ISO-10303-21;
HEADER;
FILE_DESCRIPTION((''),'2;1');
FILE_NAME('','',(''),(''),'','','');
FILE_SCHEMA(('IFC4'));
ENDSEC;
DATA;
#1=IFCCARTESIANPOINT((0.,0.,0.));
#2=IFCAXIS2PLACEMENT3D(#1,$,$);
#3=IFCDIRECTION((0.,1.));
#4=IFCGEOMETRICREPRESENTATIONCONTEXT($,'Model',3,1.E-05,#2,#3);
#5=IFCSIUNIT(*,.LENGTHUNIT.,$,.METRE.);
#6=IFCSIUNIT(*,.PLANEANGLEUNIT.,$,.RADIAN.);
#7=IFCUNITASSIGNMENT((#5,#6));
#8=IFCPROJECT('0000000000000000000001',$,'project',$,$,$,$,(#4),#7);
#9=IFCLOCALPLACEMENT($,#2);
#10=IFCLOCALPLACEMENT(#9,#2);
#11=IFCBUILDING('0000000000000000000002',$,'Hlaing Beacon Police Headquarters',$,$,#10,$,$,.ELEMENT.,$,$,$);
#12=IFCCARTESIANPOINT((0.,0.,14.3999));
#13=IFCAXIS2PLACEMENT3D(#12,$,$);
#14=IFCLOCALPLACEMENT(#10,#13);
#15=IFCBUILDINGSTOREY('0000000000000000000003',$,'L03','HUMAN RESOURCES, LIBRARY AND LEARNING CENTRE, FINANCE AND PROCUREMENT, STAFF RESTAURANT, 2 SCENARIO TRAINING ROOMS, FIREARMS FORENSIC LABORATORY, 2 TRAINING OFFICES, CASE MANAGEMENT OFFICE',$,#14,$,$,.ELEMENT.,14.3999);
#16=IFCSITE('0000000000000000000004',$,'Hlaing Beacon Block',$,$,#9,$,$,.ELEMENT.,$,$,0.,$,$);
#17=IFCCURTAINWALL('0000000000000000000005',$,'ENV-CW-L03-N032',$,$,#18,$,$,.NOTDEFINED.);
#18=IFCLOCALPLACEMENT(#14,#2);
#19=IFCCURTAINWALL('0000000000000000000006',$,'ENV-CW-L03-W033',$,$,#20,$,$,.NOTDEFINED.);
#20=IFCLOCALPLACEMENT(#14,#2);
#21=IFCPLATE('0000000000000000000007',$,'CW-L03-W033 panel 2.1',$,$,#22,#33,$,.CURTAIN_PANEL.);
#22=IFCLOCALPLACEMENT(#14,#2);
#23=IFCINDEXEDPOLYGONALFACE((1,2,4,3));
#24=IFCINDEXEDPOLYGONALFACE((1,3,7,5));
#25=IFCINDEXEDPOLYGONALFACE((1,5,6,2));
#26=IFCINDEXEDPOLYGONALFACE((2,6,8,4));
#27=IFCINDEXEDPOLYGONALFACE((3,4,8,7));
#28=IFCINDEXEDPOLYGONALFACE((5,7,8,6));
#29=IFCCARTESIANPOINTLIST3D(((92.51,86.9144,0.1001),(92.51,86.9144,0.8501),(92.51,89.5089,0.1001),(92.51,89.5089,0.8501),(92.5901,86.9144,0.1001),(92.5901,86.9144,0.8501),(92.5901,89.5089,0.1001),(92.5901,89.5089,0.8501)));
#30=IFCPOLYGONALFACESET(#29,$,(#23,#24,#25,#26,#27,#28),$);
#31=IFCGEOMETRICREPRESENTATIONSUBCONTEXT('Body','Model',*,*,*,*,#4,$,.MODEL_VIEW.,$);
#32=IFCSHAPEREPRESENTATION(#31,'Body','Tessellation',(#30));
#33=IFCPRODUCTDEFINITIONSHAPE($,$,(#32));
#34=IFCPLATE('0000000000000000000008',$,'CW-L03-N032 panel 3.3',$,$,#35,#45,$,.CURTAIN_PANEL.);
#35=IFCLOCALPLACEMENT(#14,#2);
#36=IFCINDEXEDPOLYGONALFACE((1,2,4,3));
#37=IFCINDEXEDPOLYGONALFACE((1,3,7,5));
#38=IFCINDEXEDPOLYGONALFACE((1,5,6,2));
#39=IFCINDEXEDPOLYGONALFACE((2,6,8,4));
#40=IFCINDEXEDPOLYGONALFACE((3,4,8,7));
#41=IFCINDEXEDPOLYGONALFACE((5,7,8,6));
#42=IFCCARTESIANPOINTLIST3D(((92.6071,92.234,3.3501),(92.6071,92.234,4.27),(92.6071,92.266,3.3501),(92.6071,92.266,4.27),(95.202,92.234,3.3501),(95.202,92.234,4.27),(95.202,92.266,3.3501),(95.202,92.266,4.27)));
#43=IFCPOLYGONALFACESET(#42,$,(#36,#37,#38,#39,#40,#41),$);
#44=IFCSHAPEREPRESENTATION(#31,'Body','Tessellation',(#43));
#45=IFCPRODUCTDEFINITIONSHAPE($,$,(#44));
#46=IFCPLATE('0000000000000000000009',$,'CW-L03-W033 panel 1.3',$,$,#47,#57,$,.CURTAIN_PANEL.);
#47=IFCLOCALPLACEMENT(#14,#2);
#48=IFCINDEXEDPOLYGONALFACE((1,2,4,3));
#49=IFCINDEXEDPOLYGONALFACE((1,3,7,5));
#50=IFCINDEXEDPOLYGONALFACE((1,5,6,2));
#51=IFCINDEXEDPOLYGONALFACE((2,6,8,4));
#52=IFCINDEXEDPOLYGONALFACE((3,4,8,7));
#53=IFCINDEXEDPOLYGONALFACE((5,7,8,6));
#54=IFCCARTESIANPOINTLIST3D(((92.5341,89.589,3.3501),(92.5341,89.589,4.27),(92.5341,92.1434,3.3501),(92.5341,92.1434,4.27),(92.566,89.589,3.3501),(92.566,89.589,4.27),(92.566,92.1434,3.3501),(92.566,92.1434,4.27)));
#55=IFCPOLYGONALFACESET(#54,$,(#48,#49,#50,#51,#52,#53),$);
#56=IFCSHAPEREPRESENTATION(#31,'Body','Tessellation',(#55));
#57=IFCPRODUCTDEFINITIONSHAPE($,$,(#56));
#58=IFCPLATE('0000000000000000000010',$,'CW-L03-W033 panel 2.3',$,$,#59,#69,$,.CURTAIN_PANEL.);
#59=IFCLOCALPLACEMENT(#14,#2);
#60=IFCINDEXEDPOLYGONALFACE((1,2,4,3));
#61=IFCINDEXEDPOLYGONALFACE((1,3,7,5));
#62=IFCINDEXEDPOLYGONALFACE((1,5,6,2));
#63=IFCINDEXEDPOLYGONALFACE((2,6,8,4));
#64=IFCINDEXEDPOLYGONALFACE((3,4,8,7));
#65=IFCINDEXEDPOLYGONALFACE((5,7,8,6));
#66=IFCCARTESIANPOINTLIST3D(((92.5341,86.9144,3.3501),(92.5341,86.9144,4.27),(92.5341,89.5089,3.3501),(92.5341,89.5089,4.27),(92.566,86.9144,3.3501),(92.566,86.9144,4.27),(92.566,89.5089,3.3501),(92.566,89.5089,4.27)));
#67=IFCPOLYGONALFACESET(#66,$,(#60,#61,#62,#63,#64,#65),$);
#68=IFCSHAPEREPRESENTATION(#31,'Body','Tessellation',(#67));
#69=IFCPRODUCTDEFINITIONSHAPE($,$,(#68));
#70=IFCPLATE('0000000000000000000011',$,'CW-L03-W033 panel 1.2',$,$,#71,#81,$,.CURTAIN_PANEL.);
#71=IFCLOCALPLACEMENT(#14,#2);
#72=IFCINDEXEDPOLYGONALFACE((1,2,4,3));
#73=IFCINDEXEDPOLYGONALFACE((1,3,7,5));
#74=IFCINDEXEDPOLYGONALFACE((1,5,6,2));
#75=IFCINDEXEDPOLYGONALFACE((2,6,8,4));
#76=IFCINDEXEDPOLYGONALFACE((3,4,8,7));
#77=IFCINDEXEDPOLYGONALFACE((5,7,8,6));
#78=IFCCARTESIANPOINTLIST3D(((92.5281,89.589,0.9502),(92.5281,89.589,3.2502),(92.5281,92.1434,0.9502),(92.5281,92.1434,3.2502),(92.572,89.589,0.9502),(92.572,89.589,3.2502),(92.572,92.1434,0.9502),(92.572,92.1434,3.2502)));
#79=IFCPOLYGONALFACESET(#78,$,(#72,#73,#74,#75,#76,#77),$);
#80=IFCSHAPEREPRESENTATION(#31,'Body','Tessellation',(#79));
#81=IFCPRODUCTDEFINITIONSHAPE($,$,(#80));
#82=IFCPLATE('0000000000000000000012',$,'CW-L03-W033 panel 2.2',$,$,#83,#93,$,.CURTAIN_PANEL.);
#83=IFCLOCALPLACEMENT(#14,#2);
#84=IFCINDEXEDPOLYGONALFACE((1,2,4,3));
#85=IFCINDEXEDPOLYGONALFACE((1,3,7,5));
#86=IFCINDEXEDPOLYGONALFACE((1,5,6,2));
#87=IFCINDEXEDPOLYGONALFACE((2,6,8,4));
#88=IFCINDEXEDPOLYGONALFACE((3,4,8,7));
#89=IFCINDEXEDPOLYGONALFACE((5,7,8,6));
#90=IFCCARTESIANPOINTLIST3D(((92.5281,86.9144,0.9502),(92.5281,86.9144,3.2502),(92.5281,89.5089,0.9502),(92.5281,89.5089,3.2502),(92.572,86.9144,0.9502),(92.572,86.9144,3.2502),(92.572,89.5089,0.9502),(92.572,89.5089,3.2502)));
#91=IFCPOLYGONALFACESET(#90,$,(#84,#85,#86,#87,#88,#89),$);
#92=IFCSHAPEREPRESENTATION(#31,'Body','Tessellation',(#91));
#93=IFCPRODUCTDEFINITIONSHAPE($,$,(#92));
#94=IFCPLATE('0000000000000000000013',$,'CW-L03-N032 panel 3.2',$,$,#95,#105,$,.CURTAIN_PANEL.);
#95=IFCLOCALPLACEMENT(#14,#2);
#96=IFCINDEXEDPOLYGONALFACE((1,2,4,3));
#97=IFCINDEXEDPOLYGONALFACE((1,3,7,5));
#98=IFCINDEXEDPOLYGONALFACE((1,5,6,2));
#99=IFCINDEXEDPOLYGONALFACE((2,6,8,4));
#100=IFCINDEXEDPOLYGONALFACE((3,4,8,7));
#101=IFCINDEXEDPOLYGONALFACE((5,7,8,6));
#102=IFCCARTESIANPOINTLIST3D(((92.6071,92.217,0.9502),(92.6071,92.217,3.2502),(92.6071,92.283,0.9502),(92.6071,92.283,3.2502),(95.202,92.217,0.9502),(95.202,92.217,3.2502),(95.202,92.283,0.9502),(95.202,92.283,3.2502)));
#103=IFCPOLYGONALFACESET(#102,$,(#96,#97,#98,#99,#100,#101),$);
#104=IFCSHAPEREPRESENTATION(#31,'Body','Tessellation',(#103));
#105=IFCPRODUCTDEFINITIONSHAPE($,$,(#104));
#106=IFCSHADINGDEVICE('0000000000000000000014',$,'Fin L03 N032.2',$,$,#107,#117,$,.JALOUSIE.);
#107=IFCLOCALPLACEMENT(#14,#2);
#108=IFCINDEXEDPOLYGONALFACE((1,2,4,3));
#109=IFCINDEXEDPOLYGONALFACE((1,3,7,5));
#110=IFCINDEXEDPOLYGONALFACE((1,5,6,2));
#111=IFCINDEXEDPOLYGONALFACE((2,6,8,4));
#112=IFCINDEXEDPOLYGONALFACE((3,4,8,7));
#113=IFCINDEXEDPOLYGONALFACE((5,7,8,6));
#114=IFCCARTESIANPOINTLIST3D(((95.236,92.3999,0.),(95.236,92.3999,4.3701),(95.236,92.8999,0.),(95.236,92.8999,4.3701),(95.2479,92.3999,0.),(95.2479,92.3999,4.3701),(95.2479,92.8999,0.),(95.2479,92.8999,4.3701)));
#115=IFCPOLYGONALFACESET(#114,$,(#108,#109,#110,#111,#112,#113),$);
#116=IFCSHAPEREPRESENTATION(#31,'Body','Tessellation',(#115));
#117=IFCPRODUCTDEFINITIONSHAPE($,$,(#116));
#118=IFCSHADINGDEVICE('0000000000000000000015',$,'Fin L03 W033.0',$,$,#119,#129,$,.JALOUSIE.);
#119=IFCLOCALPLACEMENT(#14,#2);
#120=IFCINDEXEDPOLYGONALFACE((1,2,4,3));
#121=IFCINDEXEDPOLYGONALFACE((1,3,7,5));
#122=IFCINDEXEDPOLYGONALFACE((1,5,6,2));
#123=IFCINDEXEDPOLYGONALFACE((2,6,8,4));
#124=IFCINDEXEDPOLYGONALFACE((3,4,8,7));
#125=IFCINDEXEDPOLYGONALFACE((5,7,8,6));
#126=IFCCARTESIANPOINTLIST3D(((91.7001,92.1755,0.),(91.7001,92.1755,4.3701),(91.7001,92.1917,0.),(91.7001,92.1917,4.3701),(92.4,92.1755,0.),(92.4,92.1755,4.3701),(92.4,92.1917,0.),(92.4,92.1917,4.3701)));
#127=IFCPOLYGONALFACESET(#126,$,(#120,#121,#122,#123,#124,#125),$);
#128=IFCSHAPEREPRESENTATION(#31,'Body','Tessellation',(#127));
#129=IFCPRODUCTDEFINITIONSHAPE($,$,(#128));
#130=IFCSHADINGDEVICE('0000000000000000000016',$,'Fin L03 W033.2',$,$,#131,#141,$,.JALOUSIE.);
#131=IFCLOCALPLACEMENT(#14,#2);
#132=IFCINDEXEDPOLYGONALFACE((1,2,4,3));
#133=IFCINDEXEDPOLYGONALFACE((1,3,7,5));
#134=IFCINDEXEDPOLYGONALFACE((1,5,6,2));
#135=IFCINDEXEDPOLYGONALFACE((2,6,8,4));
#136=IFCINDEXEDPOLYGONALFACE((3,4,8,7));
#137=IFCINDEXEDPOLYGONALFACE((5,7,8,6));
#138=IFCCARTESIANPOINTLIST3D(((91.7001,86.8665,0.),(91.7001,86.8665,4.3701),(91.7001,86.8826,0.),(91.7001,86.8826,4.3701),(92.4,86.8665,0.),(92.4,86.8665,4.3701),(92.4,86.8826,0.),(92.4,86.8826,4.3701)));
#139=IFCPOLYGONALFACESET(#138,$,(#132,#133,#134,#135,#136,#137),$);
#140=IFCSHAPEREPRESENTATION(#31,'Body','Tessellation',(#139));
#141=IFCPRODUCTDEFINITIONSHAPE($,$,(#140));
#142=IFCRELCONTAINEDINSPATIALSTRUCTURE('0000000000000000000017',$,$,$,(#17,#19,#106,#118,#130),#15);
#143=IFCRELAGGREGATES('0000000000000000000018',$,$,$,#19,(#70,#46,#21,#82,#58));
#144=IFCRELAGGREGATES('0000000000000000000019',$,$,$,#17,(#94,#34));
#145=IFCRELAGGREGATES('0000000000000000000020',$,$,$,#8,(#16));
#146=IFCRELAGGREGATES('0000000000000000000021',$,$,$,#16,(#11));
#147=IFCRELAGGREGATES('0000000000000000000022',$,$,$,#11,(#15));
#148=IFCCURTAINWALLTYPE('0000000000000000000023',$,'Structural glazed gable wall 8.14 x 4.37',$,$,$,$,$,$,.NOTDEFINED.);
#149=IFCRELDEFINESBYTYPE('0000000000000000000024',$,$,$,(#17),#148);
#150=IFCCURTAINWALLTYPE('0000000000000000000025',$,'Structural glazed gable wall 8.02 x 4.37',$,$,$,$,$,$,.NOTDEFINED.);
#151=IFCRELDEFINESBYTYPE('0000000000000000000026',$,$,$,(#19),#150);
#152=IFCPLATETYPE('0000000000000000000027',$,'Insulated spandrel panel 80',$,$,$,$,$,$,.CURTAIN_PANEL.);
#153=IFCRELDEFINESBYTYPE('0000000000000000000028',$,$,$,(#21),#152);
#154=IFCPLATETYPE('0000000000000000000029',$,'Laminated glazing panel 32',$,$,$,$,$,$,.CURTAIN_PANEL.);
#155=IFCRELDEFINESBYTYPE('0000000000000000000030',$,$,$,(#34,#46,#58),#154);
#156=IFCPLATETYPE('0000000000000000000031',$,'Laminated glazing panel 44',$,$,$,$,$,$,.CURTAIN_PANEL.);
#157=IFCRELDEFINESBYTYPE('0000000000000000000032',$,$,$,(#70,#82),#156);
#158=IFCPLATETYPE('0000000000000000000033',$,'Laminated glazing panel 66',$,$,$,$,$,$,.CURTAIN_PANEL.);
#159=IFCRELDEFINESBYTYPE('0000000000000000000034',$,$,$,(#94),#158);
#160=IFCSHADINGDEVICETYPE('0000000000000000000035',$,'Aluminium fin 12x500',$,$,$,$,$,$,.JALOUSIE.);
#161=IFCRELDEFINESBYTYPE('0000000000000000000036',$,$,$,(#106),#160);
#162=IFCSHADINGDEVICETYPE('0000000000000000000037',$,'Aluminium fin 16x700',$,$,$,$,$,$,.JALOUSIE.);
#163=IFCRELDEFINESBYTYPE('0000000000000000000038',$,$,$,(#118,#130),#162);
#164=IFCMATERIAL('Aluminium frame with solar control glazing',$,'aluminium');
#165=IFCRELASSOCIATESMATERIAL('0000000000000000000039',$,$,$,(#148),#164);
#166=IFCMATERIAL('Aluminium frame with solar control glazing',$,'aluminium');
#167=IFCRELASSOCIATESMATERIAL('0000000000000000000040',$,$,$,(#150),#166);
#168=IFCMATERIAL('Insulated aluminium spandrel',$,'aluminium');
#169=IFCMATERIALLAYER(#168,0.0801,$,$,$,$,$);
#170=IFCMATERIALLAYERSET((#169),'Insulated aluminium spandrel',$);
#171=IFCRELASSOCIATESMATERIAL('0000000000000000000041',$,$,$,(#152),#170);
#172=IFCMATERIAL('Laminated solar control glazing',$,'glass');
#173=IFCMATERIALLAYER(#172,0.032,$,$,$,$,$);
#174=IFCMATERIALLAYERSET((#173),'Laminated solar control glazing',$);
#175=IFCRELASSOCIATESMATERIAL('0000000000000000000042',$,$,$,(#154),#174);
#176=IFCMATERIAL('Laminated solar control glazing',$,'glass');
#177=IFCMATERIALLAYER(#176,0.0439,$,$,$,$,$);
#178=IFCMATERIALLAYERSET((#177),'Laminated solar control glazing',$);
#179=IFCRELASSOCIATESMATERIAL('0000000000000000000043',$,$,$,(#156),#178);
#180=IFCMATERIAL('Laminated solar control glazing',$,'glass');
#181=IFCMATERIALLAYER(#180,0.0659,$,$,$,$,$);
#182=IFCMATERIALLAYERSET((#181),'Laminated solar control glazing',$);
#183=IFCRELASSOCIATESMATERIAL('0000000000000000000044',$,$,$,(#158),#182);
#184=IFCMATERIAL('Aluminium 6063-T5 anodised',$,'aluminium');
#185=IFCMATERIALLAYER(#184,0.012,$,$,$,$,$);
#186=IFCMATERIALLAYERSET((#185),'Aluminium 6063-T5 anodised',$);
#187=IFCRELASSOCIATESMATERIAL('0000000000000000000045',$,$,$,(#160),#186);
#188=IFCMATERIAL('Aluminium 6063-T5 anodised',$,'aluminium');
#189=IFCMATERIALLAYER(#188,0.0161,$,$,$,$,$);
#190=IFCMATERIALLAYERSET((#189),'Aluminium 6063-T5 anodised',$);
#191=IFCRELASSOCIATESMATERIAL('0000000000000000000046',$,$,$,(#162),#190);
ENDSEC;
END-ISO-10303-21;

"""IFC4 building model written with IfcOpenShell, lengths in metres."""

from ifc_helpers import new_model, si_unit, direction, frame, origin, origin_2d, place, context, subcontext, project, spatial, rectangle, extrude, material, layer, layer_set, type_object, element, aggregate, save


model = new_model("IFC4")

# Units and contexts
model_context = context("Model", 3, precision=1e-05, world=origin(), true_north=direction((0.0, 1.0)))
body_context = subcontext(model_context, "Body", "Model", "MODEL_VIEW")
ifc_project = project(units=[si_unit("LENGTHUNIT", "METRE"), si_unit("PLANEANGLEUNIT", "RADIAN")], contexts=[model_context])

# Site, building, storey
site_placement = place(None, origin())
site = spatial("IfcSite", under=ifc_project, at=site_placement, Name="Hlaing Beacon Block", CompositionType="ELEMENT", RefElevation=0.0)
building_placement = place(site_placement, origin())
building = spatial("IfcBuilding", under=site, at=building_placement, Name="Hlaing Beacon Police Headquarters", CompositionType="ELEMENT")
storey_placement = place(building_placement, frame((0.0, 0.0, 14.3999)))
storey = spatial("IfcBuildingStorey", under=building, at=storey_placement, Name="L03", Description="HUMAN RESOURCES, LIBRARY AND LEARNING CENTRE, FINANCE AND PROCUREMENT, STAFF RESTAURANT, 2 SCENARIO TRAINING ROOMS, FIREARMS FORENSIC LABORATORY, 2 TRAINING OFFICES, CASE MANAGEMENT OFFICE", CompositionType="ELEMENT", Elevation=14.3999)

# Curtain walls
ifc_material_1 = material(Name="Aluminium frame with solar control glazing", Category="aluminium")
curtain_wall_type_1 = type_object("IfcCurtainWallType", Name="Structural glazed gable wall 8.14 x 4.37", PredefinedType="NOTDEFINED", material=ifc_material_1)
curtain_wall_1_placement = place(storey_placement, origin())
curtain_wall_1 = element("IfcCurtainWall", 1, at=curtain_wall_1_placement, inside=storey, type_object=curtain_wall_type_1, Name="ENV-CW-L03-N032", PredefinedType="NOTDEFINED")
ifc_material_2 = material(Name="Aluminium frame with solar control glazing", Category="aluminium")
curtain_wall_type_2 = type_object("IfcCurtainWallType", Name="Structural glazed gable wall 8.02 x 4.37", PredefinedType="NOTDEFINED", material=ifc_material_2)
curtain_wall_2_placement = place(storey_placement, origin())
curtain_wall_2 = element("IfcCurtainWall", 2, at=curtain_wall_2_placement, inside=storey, type_object=curtain_wall_type_2, Name="ENV-CW-L03-W033", PredefinedType="NOTDEFINED")

# Plates
ifc_material_3 = material(Name="Insulated aluminium spandrel", Category="aluminium")
ifc_layer_1 = layer(ifc_material_3, 0.0801)
ifc_layer_set_1 = layer_set([ifc_layer_1], Name="Insulated aluminium spandrel")
plate_type_1 = type_object("IfcPlateType", Name="Insulated spandrel panel 80", PredefinedType="CURTAIN_PANEL", material=ifc_layer_set_1)
plate_1_placement = place(storey_placement, frame((92.55, 88.2117, 0.1001), z_axis=(0.0, 0.0, 1.0), x_axis=(0.0, -1.0, 0.0)))
plate_1 = element("IfcPlate", 3, at=plate_1_placement, type_object=plate_type_1, Name="CW-L03-W033 panel 2.1", PredefinedType="CURTAIN_PANEL", context=body_context, shape_type="SweptSolid", body=[
    extrude(rectangle(XDim=2.5945, YDim=0.0801, at=origin_2d()), origin(), (0.0, 0.0, 1.0), 0.75),
])
ifc_material_4 = material(Name="Laminated solar control glazing", Category="glass")
ifc_layer_2 = layer(ifc_material_4, 0.032)
ifc_layer_set_2 = layer_set([ifc_layer_2], Name="Laminated solar control glazing")
plate_type_2 = type_object("IfcPlateType", Name="Laminated glazing panel 32", PredefinedType="CURTAIN_PANEL", material=ifc_layer_set_2)
plate_2_placement = place(storey_placement, frame((93.9045, 92.25, 3.3501), z_axis=(0.0, 0.0, 1.0), x_axis=(-1.0, 0.0, 0.0)))
plate_2 = element("IfcPlate", 4, at=plate_2_placement, type_object=plate_type_2, Name="CW-L03-N032 panel 3.3", PredefinedType="CURTAIN_PANEL", context=body_context, shape_type="SweptSolid", body=[
    extrude(rectangle(XDim=2.595, YDim=0.032, at=origin_2d()), origin(), (0.0, 0.0, 1.0), 0.9199),
])
plate_3_placement = place(storey_placement, frame((92.55, 90.8662, 3.3501), z_axis=(0.0, 0.0, 1.0), x_axis=(0.0, -1.0, 0.0)))
plate_3 = element("IfcPlate", 5, at=plate_3_placement, type_object=plate_type_2, Name="CW-L03-W033 panel 1.3", PredefinedType="CURTAIN_PANEL", context=body_context, shape_type="SweptSolid", body=[
    extrude(rectangle(XDim=2.5544, YDim=0.032, at=origin_2d()), origin(), (0.0, 0.0, 1.0), 0.9199),
])
plate_4_placement = place(storey_placement, frame((92.55, 88.2117, 3.3501), z_axis=(0.0, 0.0, 1.0), x_axis=(0.0, -1.0, 0.0)))
plate_4 = element("IfcPlate", 6, at=plate_4_placement, type_object=plate_type_2, Name="CW-L03-W033 panel 2.3", PredefinedType="CURTAIN_PANEL", context=body_context, shape_type="SweptSolid", body=[
    extrude(rectangle(XDim=2.5945, YDim=0.032, at=origin_2d()), origin(), (0.0, 0.0, 1.0), 0.9199),
])
ifc_material_5 = material(Name="Laminated solar control glazing", Category="glass")
ifc_layer_3 = layer(ifc_material_5, 0.0439)
ifc_layer_set_3 = layer_set([ifc_layer_3], Name="Laminated solar control glazing")
plate_type_3 = type_object("IfcPlateType", Name="Laminated glazing panel 44", PredefinedType="CURTAIN_PANEL", material=ifc_layer_set_3)
plate_5_placement = place(storey_placement, frame((92.55, 90.8662, 0.9502), z_axis=(0.0, 0.0, 1.0), x_axis=(0.0, -1.0, 0.0)))
plate_5 = element("IfcPlate", 7, at=plate_5_placement, type_object=plate_type_3, Name="CW-L03-W033 panel 1.2", PredefinedType="CURTAIN_PANEL", context=body_context, shape_type="SweptSolid", body=[
    extrude(rectangle(XDim=2.5544, YDim=0.0439, at=origin_2d()), origin(), (0.0, 0.0, 1.0), 2.3),
])
plate_6_placement = place(storey_placement, frame((92.55, 88.2117, 0.9502), z_axis=(0.0, 0.0, 1.0), x_axis=(0.0, -1.0, 0.0)))
plate_6 = element("IfcPlate", 8, at=plate_6_placement, type_object=plate_type_3, Name="CW-L03-W033 panel 2.2", PredefinedType="CURTAIN_PANEL", context=body_context, shape_type="SweptSolid", body=[
    extrude(rectangle(XDim=2.5945, YDim=0.0439, at=origin_2d()), origin(), (0.0, 0.0, 1.0), 2.3),
])
aggregate(curtain_wall_2, [plate_5, plate_3, plate_1, plate_6, plate_4])
ifc_material_6 = material(Name="Laminated solar control glazing", Category="glass")
ifc_layer_4 = layer(ifc_material_6, 0.0659)
ifc_layer_set_4 = layer_set([ifc_layer_4], Name="Laminated solar control glazing")
plate_type_4 = type_object("IfcPlateType", Name="Laminated glazing panel 66", PredefinedType="CURTAIN_PANEL", material=ifc_layer_set_4)
plate_7_placement = place(storey_placement, frame((93.9045, 92.25, 0.9502), z_axis=(0.0, 0.0, 1.0), x_axis=(-1.0, 0.0, 0.0)))
plate_7 = element("IfcPlate", 9, at=plate_7_placement, type_object=plate_type_4, Name="CW-L03-N032 panel 3.2", PredefinedType="CURTAIN_PANEL", context=body_context, shape_type="SweptSolid", body=[
    extrude(rectangle(XDim=2.595, YDim=0.0659, at=origin_2d()), origin(), (0.0, 0.0, 1.0), 2.3),
])
aggregate(curtain_wall_1, [plate_7, plate_2])

# Shading devices
ifc_material_7 = material(Name="Aluminium 6063-T5 anodised", Category="aluminium")
ifc_layer_5 = layer(ifc_material_7, 0.012)
ifc_layer_set_5 = layer_set([ifc_layer_5], Name="Aluminium 6063-T5 anodised")
shading_device_type_1 = type_object("IfcShadingDeviceType", Name="Aluminium fin 12x500", PredefinedType="JALOUSIE", material=ifc_layer_set_5)
shading_device_placement = place(storey_placement, frame((95.2419, 92.6499, 0.0), z_axis=(0.0, 0.0, 1.0), x_axis=(-1.0, 0.0, 0.0)))
element("IfcShadingDevice", 10, at=shading_device_placement, inside=storey, type_object=shading_device_type_1, Name="Fin L03 N032.2", PredefinedType="JALOUSIE", context=body_context, shape_type="SweptSolid", body=[
    extrude(rectangle(XDim=0.012, YDim=0.5, at=origin_2d()), origin(), (0.0, 0.0, 1.0), 4.3701),
])
ifc_material_8 = material(Name="Aluminium 6063-T5 anodised", Category="aluminium")
ifc_layer_6 = layer(ifc_material_8, 0.0161)
ifc_layer_set_6 = layer_set([ifc_layer_6], Name="Aluminium 6063-T5 anodised")
shading_device_type_2 = type_object("IfcShadingDeviceType", Name="Aluminium fin 16x700", PredefinedType="JALOUSIE", material=ifc_layer_set_6)
for number, where, z_axis, x_axis, name in (
    (11, (92.05, 92.1836, 0.0), (0.0, 0.0, 1.0), (0.0, -1.0, 0.0), "Fin L03 W033.0"),
    (12, (92.05, 86.8745, 0.0), (0.0, 0.0, 1.0), (0.0, -1.0, 0.0), "Fin L03 W033.2"),
):
    element("IfcShadingDevice", number, at=place(storey_placement, frame(where, z_axis=z_axis, x_axis=x_axis)), inside=storey, type_object=shading_device_type_2, Name=name, PredefinedType="JALOUSIE", context=body_context, shape_type="SweptSolid", body=[
        extrude(rectangle(XDim=0.0161, YDim=0.7, at=origin_2d()), origin(), (0.0, 0.0, 1.0), 4.3701),
    ])

save(model, "model.ifc")
